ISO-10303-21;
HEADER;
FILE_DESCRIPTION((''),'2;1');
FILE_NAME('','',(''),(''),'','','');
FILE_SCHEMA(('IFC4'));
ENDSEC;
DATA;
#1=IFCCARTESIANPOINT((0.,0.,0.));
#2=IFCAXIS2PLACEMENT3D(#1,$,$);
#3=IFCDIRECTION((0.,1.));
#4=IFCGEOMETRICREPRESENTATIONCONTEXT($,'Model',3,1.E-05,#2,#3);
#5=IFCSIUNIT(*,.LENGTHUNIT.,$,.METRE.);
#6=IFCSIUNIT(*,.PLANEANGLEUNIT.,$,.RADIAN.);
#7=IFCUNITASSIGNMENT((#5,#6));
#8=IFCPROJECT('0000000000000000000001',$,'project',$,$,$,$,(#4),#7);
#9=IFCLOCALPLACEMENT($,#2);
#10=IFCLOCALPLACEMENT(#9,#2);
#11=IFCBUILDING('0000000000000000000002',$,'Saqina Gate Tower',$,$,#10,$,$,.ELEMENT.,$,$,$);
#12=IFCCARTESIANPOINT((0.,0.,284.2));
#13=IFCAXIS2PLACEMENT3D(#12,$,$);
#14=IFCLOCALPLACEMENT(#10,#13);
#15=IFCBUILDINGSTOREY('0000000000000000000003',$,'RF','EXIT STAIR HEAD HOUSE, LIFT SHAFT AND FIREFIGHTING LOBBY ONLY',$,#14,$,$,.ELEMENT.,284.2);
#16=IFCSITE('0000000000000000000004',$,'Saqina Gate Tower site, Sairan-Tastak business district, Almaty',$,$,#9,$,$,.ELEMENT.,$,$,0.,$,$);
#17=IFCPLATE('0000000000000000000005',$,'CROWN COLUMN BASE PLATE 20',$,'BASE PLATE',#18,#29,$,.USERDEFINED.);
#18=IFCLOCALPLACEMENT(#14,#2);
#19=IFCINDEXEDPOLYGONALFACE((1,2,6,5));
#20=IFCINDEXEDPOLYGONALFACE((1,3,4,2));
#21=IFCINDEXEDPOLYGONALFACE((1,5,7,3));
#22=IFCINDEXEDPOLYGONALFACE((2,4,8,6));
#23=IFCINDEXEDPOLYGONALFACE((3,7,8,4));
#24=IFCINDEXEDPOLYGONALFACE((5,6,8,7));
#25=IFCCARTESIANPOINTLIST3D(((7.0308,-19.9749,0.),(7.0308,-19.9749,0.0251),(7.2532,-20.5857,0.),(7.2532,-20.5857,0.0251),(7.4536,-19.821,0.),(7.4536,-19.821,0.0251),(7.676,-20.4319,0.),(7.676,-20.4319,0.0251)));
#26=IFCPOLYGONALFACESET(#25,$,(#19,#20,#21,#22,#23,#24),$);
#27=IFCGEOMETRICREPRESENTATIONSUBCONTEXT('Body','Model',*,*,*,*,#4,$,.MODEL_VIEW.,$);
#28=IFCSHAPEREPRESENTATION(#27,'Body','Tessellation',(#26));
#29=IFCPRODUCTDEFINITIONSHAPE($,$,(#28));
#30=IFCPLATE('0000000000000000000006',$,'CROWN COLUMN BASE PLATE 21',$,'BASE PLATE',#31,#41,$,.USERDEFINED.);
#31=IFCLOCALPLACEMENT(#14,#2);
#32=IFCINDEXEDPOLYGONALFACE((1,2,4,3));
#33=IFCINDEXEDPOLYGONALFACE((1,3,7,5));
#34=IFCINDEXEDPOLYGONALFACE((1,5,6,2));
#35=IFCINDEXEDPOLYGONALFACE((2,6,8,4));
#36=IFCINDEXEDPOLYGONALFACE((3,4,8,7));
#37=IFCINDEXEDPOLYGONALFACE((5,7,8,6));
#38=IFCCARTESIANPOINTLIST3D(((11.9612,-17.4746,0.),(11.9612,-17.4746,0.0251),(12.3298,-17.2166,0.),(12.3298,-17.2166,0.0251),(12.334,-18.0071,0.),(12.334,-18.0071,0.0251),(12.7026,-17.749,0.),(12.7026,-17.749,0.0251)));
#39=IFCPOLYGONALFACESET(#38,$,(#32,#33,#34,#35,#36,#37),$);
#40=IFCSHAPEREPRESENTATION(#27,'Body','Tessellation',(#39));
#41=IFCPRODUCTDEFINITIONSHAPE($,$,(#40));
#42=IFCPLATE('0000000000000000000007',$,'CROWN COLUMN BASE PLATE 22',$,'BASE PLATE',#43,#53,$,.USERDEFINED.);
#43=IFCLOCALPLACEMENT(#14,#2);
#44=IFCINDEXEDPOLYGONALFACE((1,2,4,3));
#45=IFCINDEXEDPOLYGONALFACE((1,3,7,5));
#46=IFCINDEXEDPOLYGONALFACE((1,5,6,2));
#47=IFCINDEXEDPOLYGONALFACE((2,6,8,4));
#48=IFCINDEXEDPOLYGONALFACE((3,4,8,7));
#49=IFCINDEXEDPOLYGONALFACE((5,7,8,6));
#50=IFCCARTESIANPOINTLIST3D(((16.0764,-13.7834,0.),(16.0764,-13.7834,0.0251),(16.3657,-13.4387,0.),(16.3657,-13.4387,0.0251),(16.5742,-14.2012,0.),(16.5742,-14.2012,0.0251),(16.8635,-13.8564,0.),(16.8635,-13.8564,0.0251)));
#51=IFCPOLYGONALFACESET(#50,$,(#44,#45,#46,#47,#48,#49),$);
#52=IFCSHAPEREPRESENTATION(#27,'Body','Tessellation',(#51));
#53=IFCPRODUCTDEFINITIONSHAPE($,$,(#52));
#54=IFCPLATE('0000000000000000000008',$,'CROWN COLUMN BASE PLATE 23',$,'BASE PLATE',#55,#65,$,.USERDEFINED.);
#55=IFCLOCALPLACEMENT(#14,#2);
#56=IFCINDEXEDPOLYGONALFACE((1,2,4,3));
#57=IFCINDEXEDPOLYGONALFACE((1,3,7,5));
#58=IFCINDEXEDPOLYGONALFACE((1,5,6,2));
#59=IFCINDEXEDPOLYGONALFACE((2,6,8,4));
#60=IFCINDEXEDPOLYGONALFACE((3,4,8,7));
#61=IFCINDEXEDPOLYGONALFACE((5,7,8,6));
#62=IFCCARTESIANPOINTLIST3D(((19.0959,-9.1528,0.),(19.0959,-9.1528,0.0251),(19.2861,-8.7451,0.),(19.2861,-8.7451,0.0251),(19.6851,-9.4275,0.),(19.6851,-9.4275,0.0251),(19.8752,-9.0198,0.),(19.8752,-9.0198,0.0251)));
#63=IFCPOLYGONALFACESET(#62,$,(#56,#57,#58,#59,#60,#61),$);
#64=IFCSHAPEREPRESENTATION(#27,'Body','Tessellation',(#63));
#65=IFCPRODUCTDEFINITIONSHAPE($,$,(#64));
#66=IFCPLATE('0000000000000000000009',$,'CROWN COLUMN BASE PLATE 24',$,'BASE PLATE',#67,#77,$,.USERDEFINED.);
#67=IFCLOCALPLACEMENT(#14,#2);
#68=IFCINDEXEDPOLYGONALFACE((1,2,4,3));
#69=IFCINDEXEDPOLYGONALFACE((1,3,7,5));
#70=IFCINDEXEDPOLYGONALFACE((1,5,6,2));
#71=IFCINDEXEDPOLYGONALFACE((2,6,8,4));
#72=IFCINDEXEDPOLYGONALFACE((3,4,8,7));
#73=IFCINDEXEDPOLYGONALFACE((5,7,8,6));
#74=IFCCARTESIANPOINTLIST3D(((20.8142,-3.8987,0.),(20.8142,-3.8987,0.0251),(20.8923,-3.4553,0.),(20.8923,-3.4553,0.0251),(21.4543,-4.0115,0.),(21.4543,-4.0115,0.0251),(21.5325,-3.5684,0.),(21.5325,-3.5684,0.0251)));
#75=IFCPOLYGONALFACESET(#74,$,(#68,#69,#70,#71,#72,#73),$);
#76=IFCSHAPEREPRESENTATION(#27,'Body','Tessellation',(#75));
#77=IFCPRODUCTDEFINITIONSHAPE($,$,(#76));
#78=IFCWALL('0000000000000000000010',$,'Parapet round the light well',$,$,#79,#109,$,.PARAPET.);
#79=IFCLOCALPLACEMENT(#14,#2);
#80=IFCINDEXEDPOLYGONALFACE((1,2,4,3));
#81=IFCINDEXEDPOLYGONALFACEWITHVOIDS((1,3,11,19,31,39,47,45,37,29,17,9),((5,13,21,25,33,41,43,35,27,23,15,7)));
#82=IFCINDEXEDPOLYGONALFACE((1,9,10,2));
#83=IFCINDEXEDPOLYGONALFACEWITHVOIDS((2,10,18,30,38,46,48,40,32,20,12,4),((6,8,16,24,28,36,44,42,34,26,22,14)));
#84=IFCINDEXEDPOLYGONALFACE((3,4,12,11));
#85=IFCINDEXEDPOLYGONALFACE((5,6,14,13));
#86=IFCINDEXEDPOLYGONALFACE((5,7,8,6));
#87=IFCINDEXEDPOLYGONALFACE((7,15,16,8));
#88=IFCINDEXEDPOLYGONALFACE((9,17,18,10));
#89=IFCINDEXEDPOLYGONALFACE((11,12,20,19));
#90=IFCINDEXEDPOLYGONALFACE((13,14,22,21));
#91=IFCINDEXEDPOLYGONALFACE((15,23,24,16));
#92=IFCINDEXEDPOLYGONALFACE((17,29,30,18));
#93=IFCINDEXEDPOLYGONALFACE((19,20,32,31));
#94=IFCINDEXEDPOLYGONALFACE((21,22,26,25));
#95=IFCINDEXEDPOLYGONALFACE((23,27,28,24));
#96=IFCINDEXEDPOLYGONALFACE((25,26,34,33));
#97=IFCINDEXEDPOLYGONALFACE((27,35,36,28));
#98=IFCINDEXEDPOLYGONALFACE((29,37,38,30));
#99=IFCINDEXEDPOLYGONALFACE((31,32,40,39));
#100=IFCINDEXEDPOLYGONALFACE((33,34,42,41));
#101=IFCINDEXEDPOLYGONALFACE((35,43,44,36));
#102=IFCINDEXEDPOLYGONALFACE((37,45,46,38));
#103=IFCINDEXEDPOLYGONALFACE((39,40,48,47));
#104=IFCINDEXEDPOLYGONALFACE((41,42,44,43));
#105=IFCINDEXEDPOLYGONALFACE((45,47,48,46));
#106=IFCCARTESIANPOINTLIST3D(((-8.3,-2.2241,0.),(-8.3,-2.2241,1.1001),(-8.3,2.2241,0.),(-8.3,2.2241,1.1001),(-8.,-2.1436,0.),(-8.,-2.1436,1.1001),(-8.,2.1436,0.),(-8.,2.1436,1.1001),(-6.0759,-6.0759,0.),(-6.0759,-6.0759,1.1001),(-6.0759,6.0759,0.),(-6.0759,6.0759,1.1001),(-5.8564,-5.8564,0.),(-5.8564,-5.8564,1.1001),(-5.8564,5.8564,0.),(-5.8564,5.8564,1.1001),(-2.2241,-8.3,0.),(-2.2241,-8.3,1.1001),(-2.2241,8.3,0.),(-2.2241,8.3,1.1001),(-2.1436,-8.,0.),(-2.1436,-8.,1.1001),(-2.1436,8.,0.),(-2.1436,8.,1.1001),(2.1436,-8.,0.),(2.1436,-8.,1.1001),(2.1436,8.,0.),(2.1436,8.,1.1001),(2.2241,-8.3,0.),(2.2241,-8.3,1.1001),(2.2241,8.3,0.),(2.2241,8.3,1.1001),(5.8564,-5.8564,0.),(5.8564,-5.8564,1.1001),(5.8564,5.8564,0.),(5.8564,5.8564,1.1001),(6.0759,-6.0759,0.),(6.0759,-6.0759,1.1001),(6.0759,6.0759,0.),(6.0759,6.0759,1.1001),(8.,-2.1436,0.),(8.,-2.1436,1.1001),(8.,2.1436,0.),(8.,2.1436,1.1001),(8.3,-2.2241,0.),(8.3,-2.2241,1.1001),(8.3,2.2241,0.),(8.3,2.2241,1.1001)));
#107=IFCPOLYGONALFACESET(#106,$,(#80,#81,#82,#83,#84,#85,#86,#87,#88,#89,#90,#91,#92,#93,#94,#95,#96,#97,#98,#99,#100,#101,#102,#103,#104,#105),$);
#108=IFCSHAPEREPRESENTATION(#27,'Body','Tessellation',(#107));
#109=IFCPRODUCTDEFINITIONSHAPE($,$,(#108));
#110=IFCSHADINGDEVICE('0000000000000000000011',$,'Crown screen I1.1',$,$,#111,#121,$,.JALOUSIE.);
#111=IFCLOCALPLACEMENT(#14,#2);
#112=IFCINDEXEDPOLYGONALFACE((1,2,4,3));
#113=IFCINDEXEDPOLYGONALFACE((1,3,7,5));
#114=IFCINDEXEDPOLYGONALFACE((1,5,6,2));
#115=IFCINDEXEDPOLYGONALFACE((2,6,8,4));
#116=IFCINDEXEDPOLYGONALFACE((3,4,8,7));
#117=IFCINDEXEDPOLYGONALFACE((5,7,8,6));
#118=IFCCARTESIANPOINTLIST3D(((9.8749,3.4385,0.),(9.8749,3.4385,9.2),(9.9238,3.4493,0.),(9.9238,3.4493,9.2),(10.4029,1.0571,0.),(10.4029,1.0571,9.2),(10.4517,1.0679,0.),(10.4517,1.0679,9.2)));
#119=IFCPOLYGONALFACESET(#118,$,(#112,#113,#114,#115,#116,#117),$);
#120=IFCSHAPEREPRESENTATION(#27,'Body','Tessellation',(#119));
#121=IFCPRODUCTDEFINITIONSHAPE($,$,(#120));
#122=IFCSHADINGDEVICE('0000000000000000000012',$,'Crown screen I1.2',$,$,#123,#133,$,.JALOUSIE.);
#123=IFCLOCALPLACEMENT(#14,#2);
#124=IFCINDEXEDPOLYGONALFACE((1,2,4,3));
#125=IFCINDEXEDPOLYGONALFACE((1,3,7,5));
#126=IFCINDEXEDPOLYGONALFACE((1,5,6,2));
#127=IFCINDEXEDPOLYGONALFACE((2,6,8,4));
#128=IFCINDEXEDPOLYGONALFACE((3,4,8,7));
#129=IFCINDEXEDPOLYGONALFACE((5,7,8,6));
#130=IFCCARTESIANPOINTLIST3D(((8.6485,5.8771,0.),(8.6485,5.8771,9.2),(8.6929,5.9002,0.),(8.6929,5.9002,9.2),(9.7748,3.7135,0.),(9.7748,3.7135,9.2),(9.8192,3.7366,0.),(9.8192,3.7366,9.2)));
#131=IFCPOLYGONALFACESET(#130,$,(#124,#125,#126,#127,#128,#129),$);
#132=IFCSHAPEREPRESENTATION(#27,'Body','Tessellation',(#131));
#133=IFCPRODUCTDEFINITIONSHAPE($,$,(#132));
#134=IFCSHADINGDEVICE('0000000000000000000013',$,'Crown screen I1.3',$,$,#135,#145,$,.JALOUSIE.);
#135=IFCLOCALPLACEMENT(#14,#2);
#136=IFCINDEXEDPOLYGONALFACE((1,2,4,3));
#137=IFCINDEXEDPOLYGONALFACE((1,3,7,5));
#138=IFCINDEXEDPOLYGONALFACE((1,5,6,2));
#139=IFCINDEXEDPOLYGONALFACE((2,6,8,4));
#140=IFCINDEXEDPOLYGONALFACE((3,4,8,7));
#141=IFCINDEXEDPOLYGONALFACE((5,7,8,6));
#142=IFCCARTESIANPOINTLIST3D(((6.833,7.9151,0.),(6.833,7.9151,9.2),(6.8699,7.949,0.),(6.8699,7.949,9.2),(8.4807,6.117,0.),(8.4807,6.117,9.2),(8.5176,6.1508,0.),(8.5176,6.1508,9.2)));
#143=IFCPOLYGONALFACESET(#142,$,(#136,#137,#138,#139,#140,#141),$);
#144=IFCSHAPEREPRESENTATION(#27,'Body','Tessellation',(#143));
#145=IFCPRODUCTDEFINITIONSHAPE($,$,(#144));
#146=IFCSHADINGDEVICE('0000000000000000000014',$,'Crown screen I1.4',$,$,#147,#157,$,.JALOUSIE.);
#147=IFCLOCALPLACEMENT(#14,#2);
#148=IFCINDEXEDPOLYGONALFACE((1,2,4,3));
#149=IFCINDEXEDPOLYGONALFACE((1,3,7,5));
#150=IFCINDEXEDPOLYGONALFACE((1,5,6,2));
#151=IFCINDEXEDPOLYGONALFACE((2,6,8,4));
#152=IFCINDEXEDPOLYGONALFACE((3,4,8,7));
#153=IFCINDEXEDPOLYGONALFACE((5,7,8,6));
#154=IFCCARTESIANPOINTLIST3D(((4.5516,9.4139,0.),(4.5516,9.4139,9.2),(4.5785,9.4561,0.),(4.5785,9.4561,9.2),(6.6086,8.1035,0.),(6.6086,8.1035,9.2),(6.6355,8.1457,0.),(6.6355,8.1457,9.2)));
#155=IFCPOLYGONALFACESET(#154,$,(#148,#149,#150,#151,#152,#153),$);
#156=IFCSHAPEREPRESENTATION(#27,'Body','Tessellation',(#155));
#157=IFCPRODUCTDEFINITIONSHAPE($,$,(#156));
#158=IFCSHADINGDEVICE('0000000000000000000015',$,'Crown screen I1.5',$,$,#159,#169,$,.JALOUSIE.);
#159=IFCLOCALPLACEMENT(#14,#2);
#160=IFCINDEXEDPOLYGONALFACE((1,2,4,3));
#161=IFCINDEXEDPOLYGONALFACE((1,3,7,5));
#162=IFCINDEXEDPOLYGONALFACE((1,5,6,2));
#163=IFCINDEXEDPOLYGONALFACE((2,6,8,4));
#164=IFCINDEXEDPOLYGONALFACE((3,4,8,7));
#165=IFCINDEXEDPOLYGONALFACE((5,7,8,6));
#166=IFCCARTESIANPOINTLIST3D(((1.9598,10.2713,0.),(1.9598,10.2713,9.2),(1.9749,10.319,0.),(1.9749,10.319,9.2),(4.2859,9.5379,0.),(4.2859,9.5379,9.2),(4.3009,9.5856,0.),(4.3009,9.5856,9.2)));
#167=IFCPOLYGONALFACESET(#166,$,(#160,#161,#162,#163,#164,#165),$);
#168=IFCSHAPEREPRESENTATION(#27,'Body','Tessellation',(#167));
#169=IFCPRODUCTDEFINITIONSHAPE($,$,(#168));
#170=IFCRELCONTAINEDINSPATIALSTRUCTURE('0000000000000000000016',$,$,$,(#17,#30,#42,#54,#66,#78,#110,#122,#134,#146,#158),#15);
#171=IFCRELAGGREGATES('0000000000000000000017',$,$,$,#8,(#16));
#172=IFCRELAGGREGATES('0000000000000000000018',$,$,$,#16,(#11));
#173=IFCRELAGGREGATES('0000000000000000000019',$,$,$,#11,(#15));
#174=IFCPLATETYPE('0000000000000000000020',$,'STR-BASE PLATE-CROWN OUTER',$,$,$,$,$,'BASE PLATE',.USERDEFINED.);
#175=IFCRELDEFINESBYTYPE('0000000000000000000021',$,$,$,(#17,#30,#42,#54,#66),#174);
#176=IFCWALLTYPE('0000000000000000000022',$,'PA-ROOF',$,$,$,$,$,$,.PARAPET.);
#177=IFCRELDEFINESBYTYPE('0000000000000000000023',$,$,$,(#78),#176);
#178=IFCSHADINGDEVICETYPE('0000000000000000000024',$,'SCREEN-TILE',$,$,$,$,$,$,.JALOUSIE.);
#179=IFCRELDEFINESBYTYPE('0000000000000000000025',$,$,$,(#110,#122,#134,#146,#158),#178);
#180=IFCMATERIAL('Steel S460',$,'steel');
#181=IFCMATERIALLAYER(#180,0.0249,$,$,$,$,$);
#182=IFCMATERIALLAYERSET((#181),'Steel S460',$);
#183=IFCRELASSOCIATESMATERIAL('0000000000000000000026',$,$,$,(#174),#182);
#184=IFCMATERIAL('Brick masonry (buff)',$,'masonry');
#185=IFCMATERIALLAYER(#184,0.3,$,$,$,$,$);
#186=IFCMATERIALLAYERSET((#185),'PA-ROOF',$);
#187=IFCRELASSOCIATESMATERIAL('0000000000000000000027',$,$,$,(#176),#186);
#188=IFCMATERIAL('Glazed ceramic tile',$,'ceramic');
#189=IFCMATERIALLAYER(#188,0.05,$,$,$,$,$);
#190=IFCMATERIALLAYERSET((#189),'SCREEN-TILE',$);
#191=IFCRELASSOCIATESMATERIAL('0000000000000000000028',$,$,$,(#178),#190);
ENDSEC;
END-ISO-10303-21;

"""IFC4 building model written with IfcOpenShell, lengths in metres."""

from ifc_helpers import new_model, si_unit, direction, frame, origin, origin_2d, place, context, subcontext, project, spatial, polyline, rectangle, outline, extrude, material, layer, layer_set, type_object, element, save


model = new_model("IFC4")

# Units and contexts
model_context = context("Model", 3, precision=1e-05, world=origin(), true_north=direction((0.0, 1.0)))
body_context = subcontext(model_context, "Body", "Model", "MODEL_VIEW")
ifc_project = project(units=[si_unit("LENGTHUNIT", "METRE"), si_unit("PLANEANGLEUNIT", "RADIAN")], contexts=[model_context])

# Site, building, storey
site_placement = place(None, origin())
site = spatial("IfcSite", under=ifc_project, at=site_placement, Name="Saqina Gate Tower site, Sairan-Tastak business district, Almaty", CompositionType="ELEMENT", RefElevation=0.0)
building_placement = place(site_placement, origin())
building = spatial("IfcBuilding", under=site, at=building_placement, Name="Saqina Gate Tower", CompositionType="ELEMENT")
storey_placement = place(building_placement, frame((0.0, 0.0, 284.2)))
storey = spatial("IfcBuildingStorey", under=building, at=storey_placement, Name="RF", Description="EXIT STAIR HEAD HOUSE, LIFT SHAFT AND FIREFIGHTING LOBBY ONLY", CompositionType="ELEMENT", Elevation=284.2)

# Plates
ifc_material_1 = material(Name="Steel S460", Category="steel")
ifc_layer_1 = layer(ifc_material_1, 0.0249)
ifc_layer_set_1 = layer_set([ifc_layer_1], Name="Steel S460")
plate_type_1 = type_object("IfcPlateType", Name="STR-BASE PLATE-CROWN OUTER", ElementType="BASE PLATE", PredefinedType="USERDEFINED", material=ifc_layer_set_1)
plate_1_placement = place(storey_placement, origin())
element("IfcPlate", 1, at=plate_1_placement, inside=storey, type_object=plate_type_1, Name="CROWN COLUMN BASE PLATE 20", ObjectType="BASE PLATE", PredefinedType="USERDEFINED", context=body_context, shape_type="SweptSolid", body=[
    extrude(outline(polyline([(7.2532, -20.5857), (7.676, -20.4319), (7.4536, -19.821), (7.0308, -19.9749), (7.2532, -20.5857)])), origin(), (0.0, 0.0, 1.0), 0.0251),
])
plate_2_placement = place(storey_placement, origin())
element("IfcPlate", 2, at=plate_2_placement, inside=storey, type_object=plate_type_1, Name="CROWN COLUMN BASE PLATE 21", ObjectType="BASE PLATE", PredefinedType="USERDEFINED", context=body_context, shape_type="SweptSolid", body=[
    extrude(outline(polyline([(12.334, -18.0071), (12.7026, -17.749), (12.3298, -17.2166), (11.9612, -17.4746), (12.334, -18.0071)])), origin(), (0.0, 0.0, 1.0), 0.0251),
])
plate_3_placement = place(storey_placement, origin())
element("IfcPlate", 3, at=plate_3_placement, inside=storey, type_object=plate_type_1, Name="CROWN COLUMN BASE PLATE 22", ObjectType="BASE PLATE", PredefinedType="USERDEFINED", context=body_context, shape_type="SweptSolid", body=[
    extrude(outline(polyline([(16.5742, -14.2012), (16.8635, -13.8564), (16.3657, -13.4387), (16.0764, -13.7834), (16.5742, -14.2012)])), origin(), (0.0, 0.0, 1.0), 0.0251),
])
plate_4_placement = place(storey_placement, origin())
element("IfcPlate", 4, at=plate_4_placement, inside=storey, type_object=plate_type_1, Name="CROWN COLUMN BASE PLATE 23", ObjectType="BASE PLATE", PredefinedType="USERDEFINED", context=body_context, shape_type="SweptSolid", body=[
    extrude(outline(polyline([(19.6851, -9.4275), (19.8752, -9.0198), (19.2861, -8.7451), (19.0959, -9.1528), (19.6851, -9.4275)])), origin(), (0.0, 0.0, 1.0), 0.0251),
])
plate_5_placement = place(storey_placement, origin())
element("IfcPlate", 5, at=plate_5_placement, inside=storey, type_object=plate_type_1, Name="CROWN COLUMN BASE PLATE 24", ObjectType="BASE PLATE", PredefinedType="USERDEFINED", context=body_context, shape_type="SweptSolid", body=[
    extrude(outline(polyline([(21.4543, -4.0115), (21.5325, -3.5684), (20.8923, -3.4553), (20.8142, -3.8987), (21.4543, -4.0115)])), origin(), (0.0, 0.0, 1.0), 0.0251),
])

# Wall
ifc_material_2 = material(Name="Brick masonry (buff)", Category="masonry")
ifc_layer_2 = layer(ifc_material_2, 0.3)
ifc_layer_set_2 = layer_set([ifc_layer_2], Name="PA-ROOF")
wall_type = type_object("IfcWallType", Name="PA-ROOF", PredefinedType="PARAPET", material=ifc_layer_set_2)
wall_placement = place(storey_placement, origin())
element("IfcWall", 6, at=wall_placement, inside=storey, type_object=wall_type, Name="Parapet round the light well", PredefinedType="PARAPET", context=body_context, shape_type="SweptSolid", body=[
    extrude(outline(polyline([(8.3, 2.2241), (6.0759, 6.0759), (2.2241, 8.3), (-2.2241, 8.3), (-6.0759, 6.0759), (-8.3, 2.2241), (-8.3, -2.2241), (-6.0759, -6.0759), (-2.2241, -8.3), (2.2241, -8.3), (6.0759, -6.0759), (8.3, -2.2241), (8.3, 2.2241)]), holes=[polyline([(8.0, 2.1436), (5.8564, 5.8564), (2.1436, 8.0), (-2.1436, 8.0), (-5.8564, 5.8564), (-8.0, 2.1436), (-8.0, -2.1436), (-5.8564, -5.8564), (-2.1436, -8.0), (2.1436, -8.0), (5.8564, -5.8564), (8.0, -2.1436), (8.0, 2.1436)])]), origin(), (0.0, 0.0, 1.0), 1.1001),
])

# Shading devices
ifc_material_3 = material(Name="Glazed ceramic tile", Category="ceramic")
ifc_layer_3 = layer(ifc_material_3, 0.05)
ifc_layer_set_3 = layer_set([ifc_layer_3], Name="SCREEN-TILE")
shading_device_type = type_object("IfcShadingDeviceType", Name="SCREEN-TILE", PredefinedType="JALOUSIE", material=ifc_layer_set_3)
for number, where, z_axis, x_axis, name in (
    (7, (10.1633, 2.2532, 0.0), (0.0, 0.0, 1.0), (-0.21644, 0.976296, 0.0), "Crown screen I1.1"),
    (8, (9.2339, 4.8069, 0.0), (0.0, 0.0, 1.0), (-0.461749, 0.887011, 0.0), "Crown screen I1.2"),
):
    element("IfcShadingDevice", number, at=place(storey_placement, frame(where, z_axis=z_axis, x_axis=x_axis)), inside=storey, type_object=shading_device_type, Name=name, PredefinedType="JALOUSIE", context=body_context, shape_type="SweptSolid", body=[
        extrude(rectangle(XDim=2.4392, YDim=0.05, at=origin_2d()), origin(), (0.0, 0.0, 1.0), 9.2),
    ])
for number, where, z_axis, x_axis, name in (
    (9, (7.6753, 7.033, 0.0), (0.0, 0.0, 1.0), (-0.67559, 0.737277, 0.0), "Crown screen I1.3"),
    (10, (5.5935, 8.7798, 0.0), (0.0, 0.0, 1.0), (-0.843391, 0.5373, 0.0), "Crown screen I1.4"),
    (11, (3.1304, 9.9285, 0.0), (0.0, 0.0, 1.0), (-0.953717, 0.300706, 0.0), "Crown screen I1.5"),
):
    element("IfcShadingDevice", number, at=place(storey_placement, frame(where, z_axis=z_axis, x_axis=x_axis)), inside=storey, type_object=shading_device_type, Name=name, PredefinedType="JALOUSIE", context=body_context, shape_type="SweptSolid", body=[
        extrude(rectangle(XDim=2.439, YDim=0.05, at=origin_2d()), origin(), (0.0, 0.0, 1.0), 9.2),
    ])

save(model, "model.ifc")
